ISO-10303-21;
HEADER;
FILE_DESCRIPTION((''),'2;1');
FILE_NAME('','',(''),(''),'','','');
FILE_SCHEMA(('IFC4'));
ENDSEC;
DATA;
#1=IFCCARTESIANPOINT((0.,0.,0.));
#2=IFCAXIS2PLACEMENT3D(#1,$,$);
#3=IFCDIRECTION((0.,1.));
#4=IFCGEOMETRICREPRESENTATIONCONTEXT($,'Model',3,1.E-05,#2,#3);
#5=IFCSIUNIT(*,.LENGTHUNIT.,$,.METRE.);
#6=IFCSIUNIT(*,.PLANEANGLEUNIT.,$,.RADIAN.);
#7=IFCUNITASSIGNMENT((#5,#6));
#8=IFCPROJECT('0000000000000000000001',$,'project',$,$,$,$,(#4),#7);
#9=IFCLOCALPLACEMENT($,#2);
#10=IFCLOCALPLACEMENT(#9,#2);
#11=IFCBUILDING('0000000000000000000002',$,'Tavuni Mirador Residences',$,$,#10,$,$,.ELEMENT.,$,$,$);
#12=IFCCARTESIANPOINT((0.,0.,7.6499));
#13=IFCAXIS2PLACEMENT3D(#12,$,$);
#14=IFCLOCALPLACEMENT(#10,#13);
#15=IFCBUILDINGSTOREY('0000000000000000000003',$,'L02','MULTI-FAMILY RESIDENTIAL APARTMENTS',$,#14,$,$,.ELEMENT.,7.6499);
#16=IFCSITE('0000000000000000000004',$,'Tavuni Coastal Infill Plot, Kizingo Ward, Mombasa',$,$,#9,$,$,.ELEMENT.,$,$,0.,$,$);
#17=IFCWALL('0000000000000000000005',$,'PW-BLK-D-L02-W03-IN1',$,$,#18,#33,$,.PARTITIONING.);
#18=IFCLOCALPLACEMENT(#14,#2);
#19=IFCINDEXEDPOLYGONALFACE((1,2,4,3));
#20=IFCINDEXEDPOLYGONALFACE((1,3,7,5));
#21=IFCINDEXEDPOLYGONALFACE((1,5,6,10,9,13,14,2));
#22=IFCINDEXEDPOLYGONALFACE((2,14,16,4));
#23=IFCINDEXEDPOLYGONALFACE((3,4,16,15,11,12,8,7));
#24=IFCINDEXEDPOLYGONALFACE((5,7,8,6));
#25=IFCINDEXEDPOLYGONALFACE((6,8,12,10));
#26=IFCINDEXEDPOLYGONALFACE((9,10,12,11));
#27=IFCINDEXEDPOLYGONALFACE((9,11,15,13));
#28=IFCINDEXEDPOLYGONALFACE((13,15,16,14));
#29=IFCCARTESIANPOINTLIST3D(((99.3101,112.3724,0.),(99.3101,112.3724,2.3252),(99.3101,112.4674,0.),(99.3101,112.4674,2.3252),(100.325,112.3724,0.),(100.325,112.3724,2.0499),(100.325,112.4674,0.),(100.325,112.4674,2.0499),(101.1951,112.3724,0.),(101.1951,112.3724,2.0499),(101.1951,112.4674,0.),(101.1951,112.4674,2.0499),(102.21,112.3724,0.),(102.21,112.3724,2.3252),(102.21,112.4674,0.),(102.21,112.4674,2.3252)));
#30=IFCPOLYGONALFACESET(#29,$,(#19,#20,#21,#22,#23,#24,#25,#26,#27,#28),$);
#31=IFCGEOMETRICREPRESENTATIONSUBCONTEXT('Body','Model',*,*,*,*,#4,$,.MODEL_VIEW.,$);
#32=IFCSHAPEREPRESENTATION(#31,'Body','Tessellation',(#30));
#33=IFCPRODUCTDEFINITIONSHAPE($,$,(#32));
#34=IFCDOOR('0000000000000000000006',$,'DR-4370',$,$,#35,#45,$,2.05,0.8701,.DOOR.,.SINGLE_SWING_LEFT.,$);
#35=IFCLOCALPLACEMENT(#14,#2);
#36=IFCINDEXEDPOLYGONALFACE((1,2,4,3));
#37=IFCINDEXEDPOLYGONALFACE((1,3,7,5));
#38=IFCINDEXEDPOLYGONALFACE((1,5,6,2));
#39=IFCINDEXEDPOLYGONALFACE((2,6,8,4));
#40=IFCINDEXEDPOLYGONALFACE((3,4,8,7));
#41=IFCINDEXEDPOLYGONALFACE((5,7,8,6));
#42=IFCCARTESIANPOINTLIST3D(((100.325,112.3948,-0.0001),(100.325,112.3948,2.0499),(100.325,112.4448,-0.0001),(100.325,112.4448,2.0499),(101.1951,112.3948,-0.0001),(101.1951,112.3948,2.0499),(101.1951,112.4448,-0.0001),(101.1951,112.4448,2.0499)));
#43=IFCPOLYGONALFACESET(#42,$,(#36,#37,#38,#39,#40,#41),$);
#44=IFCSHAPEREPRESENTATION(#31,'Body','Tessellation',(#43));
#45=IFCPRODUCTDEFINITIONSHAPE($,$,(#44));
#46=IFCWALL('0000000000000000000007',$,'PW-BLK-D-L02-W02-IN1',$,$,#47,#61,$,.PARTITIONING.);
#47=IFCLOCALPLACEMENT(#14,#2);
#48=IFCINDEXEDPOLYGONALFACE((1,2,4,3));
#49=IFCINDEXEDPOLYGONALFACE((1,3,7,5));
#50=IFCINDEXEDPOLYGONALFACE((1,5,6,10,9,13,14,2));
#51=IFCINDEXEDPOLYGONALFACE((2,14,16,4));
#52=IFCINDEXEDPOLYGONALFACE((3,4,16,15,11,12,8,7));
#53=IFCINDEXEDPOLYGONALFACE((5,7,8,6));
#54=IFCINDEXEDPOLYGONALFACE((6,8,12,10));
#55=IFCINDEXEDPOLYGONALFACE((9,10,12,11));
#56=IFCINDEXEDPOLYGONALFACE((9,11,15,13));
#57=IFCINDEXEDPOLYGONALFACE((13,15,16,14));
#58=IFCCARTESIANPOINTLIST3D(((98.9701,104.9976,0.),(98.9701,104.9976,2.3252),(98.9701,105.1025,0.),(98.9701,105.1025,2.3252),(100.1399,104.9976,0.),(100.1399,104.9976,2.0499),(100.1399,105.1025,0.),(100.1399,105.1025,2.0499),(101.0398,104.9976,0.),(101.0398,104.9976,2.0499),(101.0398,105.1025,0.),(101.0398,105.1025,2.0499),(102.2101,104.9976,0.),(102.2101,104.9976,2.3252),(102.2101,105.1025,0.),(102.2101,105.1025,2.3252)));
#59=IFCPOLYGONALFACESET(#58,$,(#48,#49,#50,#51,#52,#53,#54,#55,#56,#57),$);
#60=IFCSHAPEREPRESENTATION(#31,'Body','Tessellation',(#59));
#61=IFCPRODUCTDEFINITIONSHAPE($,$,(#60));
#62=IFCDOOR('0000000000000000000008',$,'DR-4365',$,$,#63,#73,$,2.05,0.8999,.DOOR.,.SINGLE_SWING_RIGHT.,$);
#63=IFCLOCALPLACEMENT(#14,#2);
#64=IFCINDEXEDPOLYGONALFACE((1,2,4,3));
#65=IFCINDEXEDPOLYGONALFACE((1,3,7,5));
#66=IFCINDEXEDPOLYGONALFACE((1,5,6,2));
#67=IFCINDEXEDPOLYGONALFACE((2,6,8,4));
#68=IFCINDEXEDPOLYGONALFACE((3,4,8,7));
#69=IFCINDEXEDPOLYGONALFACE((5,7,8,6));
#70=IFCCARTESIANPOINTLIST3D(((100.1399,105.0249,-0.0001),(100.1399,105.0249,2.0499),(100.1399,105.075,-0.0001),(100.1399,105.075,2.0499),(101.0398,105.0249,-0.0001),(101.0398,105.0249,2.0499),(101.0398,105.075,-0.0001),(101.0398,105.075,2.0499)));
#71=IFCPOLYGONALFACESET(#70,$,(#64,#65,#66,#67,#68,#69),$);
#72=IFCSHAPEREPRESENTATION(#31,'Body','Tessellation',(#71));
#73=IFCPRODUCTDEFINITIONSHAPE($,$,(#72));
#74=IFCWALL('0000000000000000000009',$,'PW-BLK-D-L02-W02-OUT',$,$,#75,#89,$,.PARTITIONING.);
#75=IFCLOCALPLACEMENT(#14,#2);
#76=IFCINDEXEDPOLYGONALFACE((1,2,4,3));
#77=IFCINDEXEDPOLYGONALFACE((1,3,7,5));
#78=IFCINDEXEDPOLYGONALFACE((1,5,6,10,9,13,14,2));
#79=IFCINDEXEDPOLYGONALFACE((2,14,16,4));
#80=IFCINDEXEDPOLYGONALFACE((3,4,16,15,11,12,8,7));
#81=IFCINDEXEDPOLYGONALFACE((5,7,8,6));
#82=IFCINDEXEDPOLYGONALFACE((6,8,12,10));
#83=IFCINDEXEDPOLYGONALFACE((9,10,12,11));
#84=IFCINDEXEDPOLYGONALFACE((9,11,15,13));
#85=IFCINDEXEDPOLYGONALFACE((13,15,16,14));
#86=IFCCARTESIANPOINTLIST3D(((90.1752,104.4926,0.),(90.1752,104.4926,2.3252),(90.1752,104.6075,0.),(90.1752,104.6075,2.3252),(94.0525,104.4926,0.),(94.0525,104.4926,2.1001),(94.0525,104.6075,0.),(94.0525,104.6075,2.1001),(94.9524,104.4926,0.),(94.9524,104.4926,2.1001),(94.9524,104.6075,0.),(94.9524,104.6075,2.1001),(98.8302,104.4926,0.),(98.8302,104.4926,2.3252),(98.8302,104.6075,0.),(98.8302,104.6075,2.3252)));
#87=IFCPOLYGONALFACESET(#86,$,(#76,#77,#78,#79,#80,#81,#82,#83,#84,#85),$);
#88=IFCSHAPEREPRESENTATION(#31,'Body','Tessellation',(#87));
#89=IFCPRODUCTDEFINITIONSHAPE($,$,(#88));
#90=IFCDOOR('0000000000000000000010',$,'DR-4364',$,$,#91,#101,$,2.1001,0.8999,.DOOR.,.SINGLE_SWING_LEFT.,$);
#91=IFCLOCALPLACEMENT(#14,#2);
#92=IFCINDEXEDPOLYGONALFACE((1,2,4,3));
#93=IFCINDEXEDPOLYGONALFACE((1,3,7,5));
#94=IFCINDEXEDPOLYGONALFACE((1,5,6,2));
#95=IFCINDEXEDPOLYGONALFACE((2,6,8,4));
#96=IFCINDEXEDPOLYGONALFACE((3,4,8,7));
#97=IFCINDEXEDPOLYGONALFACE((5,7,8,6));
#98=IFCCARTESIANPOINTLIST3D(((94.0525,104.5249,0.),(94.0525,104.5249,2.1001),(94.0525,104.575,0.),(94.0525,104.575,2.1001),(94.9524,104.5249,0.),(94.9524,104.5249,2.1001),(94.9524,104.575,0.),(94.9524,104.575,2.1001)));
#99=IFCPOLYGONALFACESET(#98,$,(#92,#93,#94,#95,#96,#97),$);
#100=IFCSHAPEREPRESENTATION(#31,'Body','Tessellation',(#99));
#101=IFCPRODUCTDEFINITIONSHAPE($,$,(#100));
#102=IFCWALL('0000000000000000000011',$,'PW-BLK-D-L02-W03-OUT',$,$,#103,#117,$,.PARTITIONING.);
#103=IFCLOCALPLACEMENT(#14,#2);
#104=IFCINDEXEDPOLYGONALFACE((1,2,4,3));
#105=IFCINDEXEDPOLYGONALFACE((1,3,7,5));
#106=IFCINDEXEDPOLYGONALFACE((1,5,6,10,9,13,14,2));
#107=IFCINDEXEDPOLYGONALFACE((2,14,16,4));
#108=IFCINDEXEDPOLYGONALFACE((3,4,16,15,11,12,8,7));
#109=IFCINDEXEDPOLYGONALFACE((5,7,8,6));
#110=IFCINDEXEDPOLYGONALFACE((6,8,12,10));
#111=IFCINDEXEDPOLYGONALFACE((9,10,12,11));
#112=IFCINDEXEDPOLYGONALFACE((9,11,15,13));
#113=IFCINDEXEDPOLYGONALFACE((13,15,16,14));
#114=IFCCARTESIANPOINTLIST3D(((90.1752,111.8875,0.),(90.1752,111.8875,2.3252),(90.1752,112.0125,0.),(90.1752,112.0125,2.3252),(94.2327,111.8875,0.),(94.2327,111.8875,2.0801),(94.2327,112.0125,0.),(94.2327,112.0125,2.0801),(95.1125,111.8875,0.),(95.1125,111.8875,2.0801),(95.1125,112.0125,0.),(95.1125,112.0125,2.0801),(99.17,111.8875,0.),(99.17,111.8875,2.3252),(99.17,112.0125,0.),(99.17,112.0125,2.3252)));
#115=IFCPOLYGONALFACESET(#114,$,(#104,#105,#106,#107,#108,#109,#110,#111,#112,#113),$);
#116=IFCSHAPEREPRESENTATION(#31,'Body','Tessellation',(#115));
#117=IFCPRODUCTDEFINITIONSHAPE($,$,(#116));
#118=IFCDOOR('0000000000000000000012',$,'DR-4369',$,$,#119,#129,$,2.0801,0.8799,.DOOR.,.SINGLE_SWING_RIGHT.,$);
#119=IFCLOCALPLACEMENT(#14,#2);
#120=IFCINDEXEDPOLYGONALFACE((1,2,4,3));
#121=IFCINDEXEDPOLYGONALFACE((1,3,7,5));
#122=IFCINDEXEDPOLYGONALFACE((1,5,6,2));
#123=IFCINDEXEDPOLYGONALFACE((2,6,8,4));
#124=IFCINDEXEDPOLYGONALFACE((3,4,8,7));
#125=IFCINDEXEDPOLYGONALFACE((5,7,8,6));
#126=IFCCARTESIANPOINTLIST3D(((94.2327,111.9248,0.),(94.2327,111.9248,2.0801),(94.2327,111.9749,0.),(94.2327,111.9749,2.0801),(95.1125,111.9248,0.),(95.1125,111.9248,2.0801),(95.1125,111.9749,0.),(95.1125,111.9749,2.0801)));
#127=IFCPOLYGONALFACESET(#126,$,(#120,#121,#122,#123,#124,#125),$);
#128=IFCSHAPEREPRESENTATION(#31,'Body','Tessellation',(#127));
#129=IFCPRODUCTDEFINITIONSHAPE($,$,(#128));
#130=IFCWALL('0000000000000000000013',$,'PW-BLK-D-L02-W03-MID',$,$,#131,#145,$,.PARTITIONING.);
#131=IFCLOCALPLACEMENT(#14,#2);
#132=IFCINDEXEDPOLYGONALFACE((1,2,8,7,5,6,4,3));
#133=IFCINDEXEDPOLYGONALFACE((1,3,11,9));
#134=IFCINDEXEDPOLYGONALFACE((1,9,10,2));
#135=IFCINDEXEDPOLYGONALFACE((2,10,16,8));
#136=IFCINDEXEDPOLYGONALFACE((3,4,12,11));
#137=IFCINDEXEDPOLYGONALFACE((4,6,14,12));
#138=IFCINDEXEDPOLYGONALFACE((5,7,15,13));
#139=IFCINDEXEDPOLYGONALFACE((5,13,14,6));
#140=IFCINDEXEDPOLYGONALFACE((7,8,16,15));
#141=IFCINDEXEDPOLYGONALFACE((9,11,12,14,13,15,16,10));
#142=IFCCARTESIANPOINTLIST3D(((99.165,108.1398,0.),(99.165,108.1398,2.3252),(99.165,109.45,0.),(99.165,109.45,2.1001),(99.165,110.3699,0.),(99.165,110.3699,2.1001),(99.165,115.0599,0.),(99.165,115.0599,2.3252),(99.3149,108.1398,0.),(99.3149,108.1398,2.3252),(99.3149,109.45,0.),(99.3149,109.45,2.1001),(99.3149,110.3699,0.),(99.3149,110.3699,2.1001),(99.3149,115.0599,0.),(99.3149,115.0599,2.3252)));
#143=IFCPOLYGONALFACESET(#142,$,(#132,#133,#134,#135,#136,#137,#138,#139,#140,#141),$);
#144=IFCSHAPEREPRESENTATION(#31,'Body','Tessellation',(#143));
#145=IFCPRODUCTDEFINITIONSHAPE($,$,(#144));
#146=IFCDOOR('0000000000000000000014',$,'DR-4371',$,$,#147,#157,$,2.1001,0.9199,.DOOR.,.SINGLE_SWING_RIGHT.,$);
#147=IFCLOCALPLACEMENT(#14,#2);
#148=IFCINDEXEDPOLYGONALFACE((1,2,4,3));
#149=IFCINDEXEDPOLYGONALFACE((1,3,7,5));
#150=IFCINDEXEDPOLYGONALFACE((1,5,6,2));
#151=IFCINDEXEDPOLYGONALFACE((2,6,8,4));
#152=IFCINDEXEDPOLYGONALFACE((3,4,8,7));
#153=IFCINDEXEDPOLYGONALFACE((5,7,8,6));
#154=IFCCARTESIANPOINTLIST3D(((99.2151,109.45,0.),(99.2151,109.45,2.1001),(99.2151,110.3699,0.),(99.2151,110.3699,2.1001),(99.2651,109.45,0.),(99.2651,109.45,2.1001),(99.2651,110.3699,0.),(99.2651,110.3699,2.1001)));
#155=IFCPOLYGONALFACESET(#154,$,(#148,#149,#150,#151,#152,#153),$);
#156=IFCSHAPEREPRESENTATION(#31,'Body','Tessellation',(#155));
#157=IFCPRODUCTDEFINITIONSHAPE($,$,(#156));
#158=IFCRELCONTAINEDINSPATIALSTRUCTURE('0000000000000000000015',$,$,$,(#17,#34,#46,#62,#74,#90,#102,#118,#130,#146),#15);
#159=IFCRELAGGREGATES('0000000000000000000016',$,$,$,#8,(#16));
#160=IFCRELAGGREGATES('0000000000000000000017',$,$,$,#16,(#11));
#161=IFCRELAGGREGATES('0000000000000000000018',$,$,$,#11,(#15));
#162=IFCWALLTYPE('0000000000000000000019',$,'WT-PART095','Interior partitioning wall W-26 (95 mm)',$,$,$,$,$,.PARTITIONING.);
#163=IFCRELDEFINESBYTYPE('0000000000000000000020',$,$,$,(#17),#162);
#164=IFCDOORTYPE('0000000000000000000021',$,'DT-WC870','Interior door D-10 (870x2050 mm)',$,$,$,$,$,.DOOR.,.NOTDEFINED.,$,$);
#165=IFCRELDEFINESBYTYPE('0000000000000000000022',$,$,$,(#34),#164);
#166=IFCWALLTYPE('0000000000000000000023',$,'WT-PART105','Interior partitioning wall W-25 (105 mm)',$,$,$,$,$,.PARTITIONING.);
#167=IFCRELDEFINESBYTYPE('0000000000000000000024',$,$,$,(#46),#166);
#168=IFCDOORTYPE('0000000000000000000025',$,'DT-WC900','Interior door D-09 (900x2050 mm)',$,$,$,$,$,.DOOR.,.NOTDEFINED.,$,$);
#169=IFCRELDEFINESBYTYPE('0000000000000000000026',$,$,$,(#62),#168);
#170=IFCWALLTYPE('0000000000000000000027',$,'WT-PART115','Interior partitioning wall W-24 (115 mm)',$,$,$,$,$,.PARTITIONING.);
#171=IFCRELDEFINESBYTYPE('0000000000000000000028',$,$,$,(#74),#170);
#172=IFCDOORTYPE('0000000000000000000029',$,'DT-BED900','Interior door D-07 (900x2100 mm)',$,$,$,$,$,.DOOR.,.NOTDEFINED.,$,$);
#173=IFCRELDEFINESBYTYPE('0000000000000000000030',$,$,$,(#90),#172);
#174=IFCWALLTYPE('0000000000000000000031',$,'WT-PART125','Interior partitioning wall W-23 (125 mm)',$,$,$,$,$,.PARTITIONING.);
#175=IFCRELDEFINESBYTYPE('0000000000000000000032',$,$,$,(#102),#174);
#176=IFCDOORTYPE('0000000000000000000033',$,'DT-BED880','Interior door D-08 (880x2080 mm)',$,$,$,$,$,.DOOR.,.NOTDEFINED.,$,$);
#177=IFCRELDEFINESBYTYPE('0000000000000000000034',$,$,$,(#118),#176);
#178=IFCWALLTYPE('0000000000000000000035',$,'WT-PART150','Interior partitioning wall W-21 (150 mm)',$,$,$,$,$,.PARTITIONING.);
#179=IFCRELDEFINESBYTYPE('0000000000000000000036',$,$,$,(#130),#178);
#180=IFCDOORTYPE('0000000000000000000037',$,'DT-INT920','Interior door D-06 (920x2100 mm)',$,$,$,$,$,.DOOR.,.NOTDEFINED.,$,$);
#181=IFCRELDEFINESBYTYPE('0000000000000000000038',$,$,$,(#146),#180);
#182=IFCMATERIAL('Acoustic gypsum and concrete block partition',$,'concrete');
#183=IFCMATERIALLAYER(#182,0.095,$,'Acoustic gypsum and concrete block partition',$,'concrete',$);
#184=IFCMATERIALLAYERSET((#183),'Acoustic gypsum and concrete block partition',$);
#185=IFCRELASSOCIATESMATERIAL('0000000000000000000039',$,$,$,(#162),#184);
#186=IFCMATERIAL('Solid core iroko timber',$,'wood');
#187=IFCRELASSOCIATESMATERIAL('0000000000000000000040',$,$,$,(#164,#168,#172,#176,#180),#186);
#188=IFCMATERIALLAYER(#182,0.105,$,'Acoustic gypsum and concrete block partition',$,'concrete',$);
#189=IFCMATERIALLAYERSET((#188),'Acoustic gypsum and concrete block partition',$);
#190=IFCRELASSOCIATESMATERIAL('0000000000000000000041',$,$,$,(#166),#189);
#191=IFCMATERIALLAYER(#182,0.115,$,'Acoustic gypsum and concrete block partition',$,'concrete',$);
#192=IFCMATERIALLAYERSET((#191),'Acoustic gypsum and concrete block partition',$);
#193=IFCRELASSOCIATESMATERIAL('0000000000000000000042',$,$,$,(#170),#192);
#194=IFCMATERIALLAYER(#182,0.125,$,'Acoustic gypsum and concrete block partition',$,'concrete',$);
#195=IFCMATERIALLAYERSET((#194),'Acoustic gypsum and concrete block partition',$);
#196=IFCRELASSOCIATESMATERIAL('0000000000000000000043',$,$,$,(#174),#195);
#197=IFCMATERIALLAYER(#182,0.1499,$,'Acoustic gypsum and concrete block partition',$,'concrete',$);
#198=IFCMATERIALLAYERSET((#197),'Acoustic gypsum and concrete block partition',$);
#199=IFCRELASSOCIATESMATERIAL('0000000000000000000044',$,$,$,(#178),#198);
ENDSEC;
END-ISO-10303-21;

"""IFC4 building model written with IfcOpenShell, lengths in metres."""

from ifc_helpers import new_model, si_unit, direction, frame, frame_2d, origin, place, context, subcontext, project, spatial, rectangle, extrude, material, layer, layer_set, type_object, element, fill, save


model = new_model("IFC4")

# Units and contexts
model_context = context("Model", 3, precision=1e-05, world=origin(), true_north=direction((0.0, 1.0)))
body_context = subcontext(model_context, "Body", "Model", "MODEL_VIEW")
ifc_project = project(units=[si_unit("LENGTHUNIT", "METRE"), si_unit("PLANEANGLEUNIT", "RADIAN")], contexts=[model_context])

# Site, building, storey
site_placement = place(None, origin())
site = spatial("IfcSite", under=ifc_project, at=site_placement, Name="Tavuni Coastal Infill Plot, Kizingo Ward, Mombasa", CompositionType="ELEMENT", RefElevation=0.0)
building_placement = place(site_placement, origin())
building = spatial("IfcBuilding", under=site, at=building_placement, Name="Tavuni Mirador Residences", CompositionType="ELEMENT")
storey_placement = place(building_placement, frame((0.0, 0.0, 7.6499)))
storey = spatial("IfcBuildingStorey", under=building, at=storey_placement, Name="L02", Description="MULTI-FAMILY RESIDENTIAL APARTMENTS", CompositionType="ELEMENT", Elevation=7.6499)

# Walls, openings, doors
ifc_material_1 = material(Name="Solid core iroko timber", Category="wood")
ifc_material_2 = material(Name="Acoustic gypsum and concrete block partition", Category="concrete")
ifc_layer_1 = layer(ifc_material_2, 0.095, Name="Acoustic gypsum and concrete block partition", Category="concrete")
ifc_layer_set_1 = layer_set([ifc_layer_1], Name="Acoustic gypsum and concrete block partition")
wall_type_1 = type_object("IfcWallType", Name="WT-PART095", Description="Interior partitioning wall W-26 (95 mm)", PredefinedType="PARTITIONING", material=ifc_layer_set_1)
wall_1_placement = place(storey_placement, frame((99.3101, 112.4199, 0.0), z_axis=(0.0, 0.0, 1.0), x_axis=(1.0, 0.0, 0.0)))
wall_1 = element("IfcWall", 1, at=wall_1_placement, inside=storey, type_object=wall_type_1, Name="PW-BLK-D-L02-W03-IN1", PredefinedType="PARTITIONING", context=body_context, shape_type="SweptSolid", body=[
    extrude(rectangle(XDim=2.8999, YDim=0.095, at=frame_2d((1.45, 0.0))), origin(), (0.0, 0.0, 1.0), 2.3252),
])
opening_1_placement = place(wall_1_placement, frame((1.0149, 0.0, 0.0)))
opening_1 = element("IfcOpeningElement", 2, at=opening_1_placement, cuts=wall_1, PredefinedType="OPENING", context=body_context, shape_type="SweptSolid", body=[
    extrude(rectangle(XDim=0.8701, YDim=2.05, at=frame_2d((0.4351, 1.0249))), frame((0.0, 0.0576, 0.0), z_axis=(0.0, -1.0, 0.0), x_axis=(1.0, 0.0, 0.0)), (0.0, 0.0, 1.0), 0.115),
])
door_type_1 = type_object("IfcDoorType", Name="DT-WC870", Description="Interior door D-10 (870x2050 mm)", OperationType="NOTDEFINED", PredefinedType="DOOR", material=ifc_material_1)
door_1_placement = place(opening_1_placement, origin())
door_1 = element("IfcDoor", 3, at=door_1_placement, inside=storey, type_object=door_type_1, Name="DR-4370", OperationType="SINGLE_SWING_LEFT", OverallHeight=2.05, OverallWidth=0.8701, PredefinedType="DOOR", context=body_context, shape_type="SweptSolid", body=[
    extrude(rectangle(XDim=0.8701, YDim=2.05, at=frame_2d((0.4351, 1.0249))), frame((0.0, 0.0249, 0.0), z_axis=(0.0, -1.0, 0.0), x_axis=(1.0, 0.0, 0.0)), (0.0, 0.0, 1.0), 0.05),
])
fill(opening_1, door_1)
ifc_layer_2 = layer(ifc_material_2, 0.105, Name="Acoustic gypsum and concrete block partition", Category="concrete")
ifc_layer_set_2 = layer_set([ifc_layer_2], Name="Acoustic gypsum and concrete block partition")
wall_type_2 = type_object("IfcWallType", Name="WT-PART105", Description="Interior partitioning wall W-25 (105 mm)", PredefinedType="PARTITIONING", material=ifc_layer_set_2)
wall_2_placement = place(storey_placement, frame((98.97, 105.05, 0.0), z_axis=(0.0, 0.0, 1.0), x_axis=(1.0, 0.0, 0.0)))
wall_2 = element("IfcWall", 4, at=wall_2_placement, inside=storey, type_object=wall_type_2, Name="PW-BLK-D-L02-W02-IN1", PredefinedType="PARTITIONING", context=body_context, shape_type="SweptSolid", body=[
    extrude(rectangle(XDim=3.24, YDim=0.105, at=frame_2d((1.6201, 0.0))), origin(), (0.0, 0.0, 1.0), 2.3252),
])
opening_2_placement = place(wall_2_placement, frame((1.1699, 0.0, 0.0)))
opening_2 = element("IfcOpeningElement", 5, at=opening_2_placement, cuts=wall_2, PredefinedType="OPENING", context=body_context, shape_type="SweptSolid", body=[
    extrude(rectangle(XDim=0.8999, YDim=2.05, at=frame_2d((0.45, 1.0249))), frame((0.0, 0.0625, 0.0), z_axis=(0.0, -1.0, 0.0), x_axis=(1.0, 0.0, 0.0)), (0.0, 0.0, 1.0), 0.125),
])
door_type_2 = type_object("IfcDoorType", Name="DT-WC900", Description="Interior door D-09 (900x2050 mm)", OperationType="NOTDEFINED", PredefinedType="DOOR", material=ifc_material_1)
door_2_placement = place(opening_2_placement, origin())
door_2 = element("IfcDoor", 6, at=door_2_placement, inside=storey, type_object=door_type_2, Name="DR-4365", OperationType="SINGLE_SWING_RIGHT", OverallHeight=2.05, OverallWidth=0.8999, PredefinedType="DOOR", context=body_context, shape_type="SweptSolid", body=[
    extrude(rectangle(XDim=0.8999, YDim=2.05, at=frame_2d((0.45, 1.0249))), frame((0.0, 0.0249, 0.0), z_axis=(0.0, -1.0, 0.0), x_axis=(1.0, 0.0, 0.0)), (0.0, 0.0, 1.0), 0.05),
])
fill(opening_2, door_2)
ifc_layer_3 = layer(ifc_material_2, 0.115, Name="Acoustic gypsum and concrete block partition", Category="concrete")
ifc_layer_set_3 = layer_set([ifc_layer_3], Name="Acoustic gypsum and concrete block partition")
wall_type_3 = type_object("IfcWallType", Name="WT-PART115", Description="Interior partitioning wall W-24 (115 mm)", PredefinedType="PARTITIONING", material=ifc_layer_set_3)
wall_3_placement = place(storey_placement, frame((90.175, 104.55, 0.0), z_axis=(0.0, 0.0, 1.0), x_axis=(1.0, 0.0, 0.0)))
wall_3 = element("IfcWall", 7, at=wall_3_placement, inside=storey, type_object=wall_type_3, Name="PW-BLK-D-L02-W02-OUT", PredefinedType="PARTITIONING", context=body_context, shape_type="SweptSolid", body=[
    extrude(rectangle(XDim=8.655, YDim=0.115, at=frame_2d((4.3276, 0.0))), origin(), (0.0, 0.0, 1.0), 2.3252),
])
opening_3_placement = place(wall_3_placement, frame((3.8774, 0.0, 0.0)))
opening_3 = element("IfcOpeningElement", 8, at=opening_3_placement, cuts=wall_3, PredefinedType="OPENING", context=body_context, shape_type="SweptSolid", body=[
    extrude(rectangle(XDim=0.8999, YDim=2.1001, at=frame_2d((0.45, 1.05))), frame((0.0, 0.0674, 0.0), z_axis=(0.0, -1.0, 0.0), x_axis=(1.0, 0.0, 0.0)), (0.0, 0.0, 1.0), 0.135),
])
door_type_3 = type_object("IfcDoorType", Name="DT-BED900", Description="Interior door D-07 (900x2100 mm)", OperationType="NOTDEFINED", PredefinedType="DOOR", material=ifc_material_1)
door_3_placement = place(opening_3_placement, origin())
door_3 = element("IfcDoor", 9, at=door_3_placement, inside=storey, type_object=door_type_3, Name="DR-4364", OperationType="SINGLE_SWING_LEFT", OverallHeight=2.1001, OverallWidth=0.8999, PredefinedType="DOOR", context=body_context, shape_type="SweptSolid", body=[
    extrude(rectangle(XDim=0.8999, YDim=2.1001, at=frame_2d((0.45, 1.05))), frame((0.0, 0.0249, 0.0), z_axis=(0.0, -1.0, 0.0), x_axis=(1.0, 0.0, 0.0)), (0.0, 0.0, 1.0), 0.05),
])
fill(opening_3, door_3)
ifc_layer_4 = layer(ifc_material_2, 0.125, Name="Acoustic gypsum and concrete block partition", Category="concrete")
ifc_layer_set_4 = layer_set([ifc_layer_4], Name="Acoustic gypsum and concrete block partition")
wall_type_4 = type_object("IfcWallType", Name="WT-PART125", Description="Interior partitioning wall W-23 (125 mm)", PredefinedType="PARTITIONING", material=ifc_layer_set_4)
wall_4_placement = place(storey_placement, frame((90.175, 111.95, 0.0), z_axis=(0.0, 0.0, 1.0), x_axis=(1.0, 0.0, 0.0)))
wall_4 = element("IfcWall", 10, at=wall_4_placement, inside=storey, type_object=wall_type_4, Name="PW-BLK-D-L02-W03-OUT", PredefinedType="PARTITIONING", context=body_context, shape_type="SweptSolid", body=[
    extrude(rectangle(XDim=8.9949, YDim=0.125, at=frame_2d((4.4976, 0.0))), origin(), (0.0, 0.0, 1.0), 2.3252),
])
opening_4_placement = place(wall_4_placement, frame((4.0576, 0.0, 0.0)))
opening_4 = element("IfcOpeningElement", 11, at=opening_4_placement, cuts=wall_4, PredefinedType="OPENING", context=body_context, shape_type="SweptSolid", body=[
    extrude(rectangle(XDim=0.8799, YDim=2.0801, at=frame_2d((0.4399, 1.04))), frame((0.0, 0.0725, 0.0), z_axis=(0.0, -1.0, 0.0), x_axis=(1.0, 0.0, 0.0)), (0.0, 0.0, 1.0), 0.145),
])
door_type_4 = type_object("IfcDoorType", Name="DT-BED880", Description="Interior door D-08 (880x2080 mm)", OperationType="NOTDEFINED", PredefinedType="DOOR", material=ifc_material_1)
door_4_placement = place(opening_4_placement, origin())
door_4 = element("IfcDoor", 12, at=door_4_placement, inside=storey, type_object=door_type_4, Name="DR-4369", OperationType="SINGLE_SWING_RIGHT", OverallHeight=2.0801, OverallWidth=0.8799, PredefinedType="DOOR", context=body_context, shape_type="SweptSolid", body=[
    extrude(rectangle(XDim=0.8799, YDim=2.0801, at=frame_2d((0.4399, 1.04))), frame((0.0, 0.0249, 0.0), z_axis=(0.0, -1.0, 0.0), x_axis=(1.0, 0.0, 0.0)), (0.0, 0.0, 1.0), 0.05),
])
fill(opening_4, door_4)
ifc_layer_5 = layer(ifc_material_2, 0.1499, Name="Acoustic gypsum and concrete block partition", Category="concrete")
ifc_layer_set_5 = layer_set([ifc_layer_5], Name="Acoustic gypsum and concrete block partition")
wall_type_5 = type_object("IfcWallType", Name="WT-PART150", Description="Interior partitioning wall W-21 (150 mm)", PredefinedType="PARTITIONING", material=ifc_layer_set_5)
wall_5_placement = place(storey_placement, frame((99.24, 108.1399, 0.0), z_axis=(0.0, 0.0, 1.0), x_axis=(0.0, 1.0, 0.0)))
wall_5 = element("IfcWall", 13, at=wall_5_placement, inside=storey, type_object=wall_type_5, Name="PW-BLK-D-L02-W03-MID", PredefinedType="PARTITIONING", context=body_context, shape_type="SweptSolid", body=[
    extrude(rectangle(XDim=6.9202, YDim=0.1499, at=frame_2d((3.46, 0.0))), origin(), (0.0, 0.0, 1.0), 2.3252),
])
opening_5_placement = place(wall_5_placement, frame((1.3101, 0.0, 0.0)))
opening_5 = element("IfcOpeningElement", 14, at=opening_5_placement, cuts=wall_5, PredefinedType="OPENING", context=body_context, shape_type="SweptSolid", body=[
    extrude(rectangle(XDim=0.9199, YDim=2.1001, at=frame_2d((0.46, 1.05))), frame((0.0, 0.085, 0.0), z_axis=(0.0, -1.0, 0.0), x_axis=(1.0, 0.0, 0.0)), (0.0, 0.0, 1.0), 0.1699),
])
door_type_5 = type_object("IfcDoorType", Name="DT-INT920", Description="Interior door D-06 (920x2100 mm)", OperationType="NOTDEFINED", PredefinedType="DOOR", material=ifc_material_1)
door_5_placement = place(opening_5_placement, origin())
door_5 = element("IfcDoor", 15, at=door_5_placement, inside=storey, type_object=door_type_5, Name="DR-4371", OperationType="SINGLE_SWING_RIGHT", OverallHeight=2.1001, OverallWidth=0.9199, PredefinedType="DOOR", context=body_context, shape_type="SweptSolid", body=[
    extrude(rectangle(XDim=0.9199, YDim=2.1001, at=frame_2d((0.46, 1.05))), frame((0.0, 0.0249, 0.0), z_axis=(0.0, -1.0, 0.0), x_axis=(1.0, 0.0, 0.0)), (0.0, 0.0, 1.0), 0.05),
])
fill(opening_5, door_5)

save(model, "model.ifc")
